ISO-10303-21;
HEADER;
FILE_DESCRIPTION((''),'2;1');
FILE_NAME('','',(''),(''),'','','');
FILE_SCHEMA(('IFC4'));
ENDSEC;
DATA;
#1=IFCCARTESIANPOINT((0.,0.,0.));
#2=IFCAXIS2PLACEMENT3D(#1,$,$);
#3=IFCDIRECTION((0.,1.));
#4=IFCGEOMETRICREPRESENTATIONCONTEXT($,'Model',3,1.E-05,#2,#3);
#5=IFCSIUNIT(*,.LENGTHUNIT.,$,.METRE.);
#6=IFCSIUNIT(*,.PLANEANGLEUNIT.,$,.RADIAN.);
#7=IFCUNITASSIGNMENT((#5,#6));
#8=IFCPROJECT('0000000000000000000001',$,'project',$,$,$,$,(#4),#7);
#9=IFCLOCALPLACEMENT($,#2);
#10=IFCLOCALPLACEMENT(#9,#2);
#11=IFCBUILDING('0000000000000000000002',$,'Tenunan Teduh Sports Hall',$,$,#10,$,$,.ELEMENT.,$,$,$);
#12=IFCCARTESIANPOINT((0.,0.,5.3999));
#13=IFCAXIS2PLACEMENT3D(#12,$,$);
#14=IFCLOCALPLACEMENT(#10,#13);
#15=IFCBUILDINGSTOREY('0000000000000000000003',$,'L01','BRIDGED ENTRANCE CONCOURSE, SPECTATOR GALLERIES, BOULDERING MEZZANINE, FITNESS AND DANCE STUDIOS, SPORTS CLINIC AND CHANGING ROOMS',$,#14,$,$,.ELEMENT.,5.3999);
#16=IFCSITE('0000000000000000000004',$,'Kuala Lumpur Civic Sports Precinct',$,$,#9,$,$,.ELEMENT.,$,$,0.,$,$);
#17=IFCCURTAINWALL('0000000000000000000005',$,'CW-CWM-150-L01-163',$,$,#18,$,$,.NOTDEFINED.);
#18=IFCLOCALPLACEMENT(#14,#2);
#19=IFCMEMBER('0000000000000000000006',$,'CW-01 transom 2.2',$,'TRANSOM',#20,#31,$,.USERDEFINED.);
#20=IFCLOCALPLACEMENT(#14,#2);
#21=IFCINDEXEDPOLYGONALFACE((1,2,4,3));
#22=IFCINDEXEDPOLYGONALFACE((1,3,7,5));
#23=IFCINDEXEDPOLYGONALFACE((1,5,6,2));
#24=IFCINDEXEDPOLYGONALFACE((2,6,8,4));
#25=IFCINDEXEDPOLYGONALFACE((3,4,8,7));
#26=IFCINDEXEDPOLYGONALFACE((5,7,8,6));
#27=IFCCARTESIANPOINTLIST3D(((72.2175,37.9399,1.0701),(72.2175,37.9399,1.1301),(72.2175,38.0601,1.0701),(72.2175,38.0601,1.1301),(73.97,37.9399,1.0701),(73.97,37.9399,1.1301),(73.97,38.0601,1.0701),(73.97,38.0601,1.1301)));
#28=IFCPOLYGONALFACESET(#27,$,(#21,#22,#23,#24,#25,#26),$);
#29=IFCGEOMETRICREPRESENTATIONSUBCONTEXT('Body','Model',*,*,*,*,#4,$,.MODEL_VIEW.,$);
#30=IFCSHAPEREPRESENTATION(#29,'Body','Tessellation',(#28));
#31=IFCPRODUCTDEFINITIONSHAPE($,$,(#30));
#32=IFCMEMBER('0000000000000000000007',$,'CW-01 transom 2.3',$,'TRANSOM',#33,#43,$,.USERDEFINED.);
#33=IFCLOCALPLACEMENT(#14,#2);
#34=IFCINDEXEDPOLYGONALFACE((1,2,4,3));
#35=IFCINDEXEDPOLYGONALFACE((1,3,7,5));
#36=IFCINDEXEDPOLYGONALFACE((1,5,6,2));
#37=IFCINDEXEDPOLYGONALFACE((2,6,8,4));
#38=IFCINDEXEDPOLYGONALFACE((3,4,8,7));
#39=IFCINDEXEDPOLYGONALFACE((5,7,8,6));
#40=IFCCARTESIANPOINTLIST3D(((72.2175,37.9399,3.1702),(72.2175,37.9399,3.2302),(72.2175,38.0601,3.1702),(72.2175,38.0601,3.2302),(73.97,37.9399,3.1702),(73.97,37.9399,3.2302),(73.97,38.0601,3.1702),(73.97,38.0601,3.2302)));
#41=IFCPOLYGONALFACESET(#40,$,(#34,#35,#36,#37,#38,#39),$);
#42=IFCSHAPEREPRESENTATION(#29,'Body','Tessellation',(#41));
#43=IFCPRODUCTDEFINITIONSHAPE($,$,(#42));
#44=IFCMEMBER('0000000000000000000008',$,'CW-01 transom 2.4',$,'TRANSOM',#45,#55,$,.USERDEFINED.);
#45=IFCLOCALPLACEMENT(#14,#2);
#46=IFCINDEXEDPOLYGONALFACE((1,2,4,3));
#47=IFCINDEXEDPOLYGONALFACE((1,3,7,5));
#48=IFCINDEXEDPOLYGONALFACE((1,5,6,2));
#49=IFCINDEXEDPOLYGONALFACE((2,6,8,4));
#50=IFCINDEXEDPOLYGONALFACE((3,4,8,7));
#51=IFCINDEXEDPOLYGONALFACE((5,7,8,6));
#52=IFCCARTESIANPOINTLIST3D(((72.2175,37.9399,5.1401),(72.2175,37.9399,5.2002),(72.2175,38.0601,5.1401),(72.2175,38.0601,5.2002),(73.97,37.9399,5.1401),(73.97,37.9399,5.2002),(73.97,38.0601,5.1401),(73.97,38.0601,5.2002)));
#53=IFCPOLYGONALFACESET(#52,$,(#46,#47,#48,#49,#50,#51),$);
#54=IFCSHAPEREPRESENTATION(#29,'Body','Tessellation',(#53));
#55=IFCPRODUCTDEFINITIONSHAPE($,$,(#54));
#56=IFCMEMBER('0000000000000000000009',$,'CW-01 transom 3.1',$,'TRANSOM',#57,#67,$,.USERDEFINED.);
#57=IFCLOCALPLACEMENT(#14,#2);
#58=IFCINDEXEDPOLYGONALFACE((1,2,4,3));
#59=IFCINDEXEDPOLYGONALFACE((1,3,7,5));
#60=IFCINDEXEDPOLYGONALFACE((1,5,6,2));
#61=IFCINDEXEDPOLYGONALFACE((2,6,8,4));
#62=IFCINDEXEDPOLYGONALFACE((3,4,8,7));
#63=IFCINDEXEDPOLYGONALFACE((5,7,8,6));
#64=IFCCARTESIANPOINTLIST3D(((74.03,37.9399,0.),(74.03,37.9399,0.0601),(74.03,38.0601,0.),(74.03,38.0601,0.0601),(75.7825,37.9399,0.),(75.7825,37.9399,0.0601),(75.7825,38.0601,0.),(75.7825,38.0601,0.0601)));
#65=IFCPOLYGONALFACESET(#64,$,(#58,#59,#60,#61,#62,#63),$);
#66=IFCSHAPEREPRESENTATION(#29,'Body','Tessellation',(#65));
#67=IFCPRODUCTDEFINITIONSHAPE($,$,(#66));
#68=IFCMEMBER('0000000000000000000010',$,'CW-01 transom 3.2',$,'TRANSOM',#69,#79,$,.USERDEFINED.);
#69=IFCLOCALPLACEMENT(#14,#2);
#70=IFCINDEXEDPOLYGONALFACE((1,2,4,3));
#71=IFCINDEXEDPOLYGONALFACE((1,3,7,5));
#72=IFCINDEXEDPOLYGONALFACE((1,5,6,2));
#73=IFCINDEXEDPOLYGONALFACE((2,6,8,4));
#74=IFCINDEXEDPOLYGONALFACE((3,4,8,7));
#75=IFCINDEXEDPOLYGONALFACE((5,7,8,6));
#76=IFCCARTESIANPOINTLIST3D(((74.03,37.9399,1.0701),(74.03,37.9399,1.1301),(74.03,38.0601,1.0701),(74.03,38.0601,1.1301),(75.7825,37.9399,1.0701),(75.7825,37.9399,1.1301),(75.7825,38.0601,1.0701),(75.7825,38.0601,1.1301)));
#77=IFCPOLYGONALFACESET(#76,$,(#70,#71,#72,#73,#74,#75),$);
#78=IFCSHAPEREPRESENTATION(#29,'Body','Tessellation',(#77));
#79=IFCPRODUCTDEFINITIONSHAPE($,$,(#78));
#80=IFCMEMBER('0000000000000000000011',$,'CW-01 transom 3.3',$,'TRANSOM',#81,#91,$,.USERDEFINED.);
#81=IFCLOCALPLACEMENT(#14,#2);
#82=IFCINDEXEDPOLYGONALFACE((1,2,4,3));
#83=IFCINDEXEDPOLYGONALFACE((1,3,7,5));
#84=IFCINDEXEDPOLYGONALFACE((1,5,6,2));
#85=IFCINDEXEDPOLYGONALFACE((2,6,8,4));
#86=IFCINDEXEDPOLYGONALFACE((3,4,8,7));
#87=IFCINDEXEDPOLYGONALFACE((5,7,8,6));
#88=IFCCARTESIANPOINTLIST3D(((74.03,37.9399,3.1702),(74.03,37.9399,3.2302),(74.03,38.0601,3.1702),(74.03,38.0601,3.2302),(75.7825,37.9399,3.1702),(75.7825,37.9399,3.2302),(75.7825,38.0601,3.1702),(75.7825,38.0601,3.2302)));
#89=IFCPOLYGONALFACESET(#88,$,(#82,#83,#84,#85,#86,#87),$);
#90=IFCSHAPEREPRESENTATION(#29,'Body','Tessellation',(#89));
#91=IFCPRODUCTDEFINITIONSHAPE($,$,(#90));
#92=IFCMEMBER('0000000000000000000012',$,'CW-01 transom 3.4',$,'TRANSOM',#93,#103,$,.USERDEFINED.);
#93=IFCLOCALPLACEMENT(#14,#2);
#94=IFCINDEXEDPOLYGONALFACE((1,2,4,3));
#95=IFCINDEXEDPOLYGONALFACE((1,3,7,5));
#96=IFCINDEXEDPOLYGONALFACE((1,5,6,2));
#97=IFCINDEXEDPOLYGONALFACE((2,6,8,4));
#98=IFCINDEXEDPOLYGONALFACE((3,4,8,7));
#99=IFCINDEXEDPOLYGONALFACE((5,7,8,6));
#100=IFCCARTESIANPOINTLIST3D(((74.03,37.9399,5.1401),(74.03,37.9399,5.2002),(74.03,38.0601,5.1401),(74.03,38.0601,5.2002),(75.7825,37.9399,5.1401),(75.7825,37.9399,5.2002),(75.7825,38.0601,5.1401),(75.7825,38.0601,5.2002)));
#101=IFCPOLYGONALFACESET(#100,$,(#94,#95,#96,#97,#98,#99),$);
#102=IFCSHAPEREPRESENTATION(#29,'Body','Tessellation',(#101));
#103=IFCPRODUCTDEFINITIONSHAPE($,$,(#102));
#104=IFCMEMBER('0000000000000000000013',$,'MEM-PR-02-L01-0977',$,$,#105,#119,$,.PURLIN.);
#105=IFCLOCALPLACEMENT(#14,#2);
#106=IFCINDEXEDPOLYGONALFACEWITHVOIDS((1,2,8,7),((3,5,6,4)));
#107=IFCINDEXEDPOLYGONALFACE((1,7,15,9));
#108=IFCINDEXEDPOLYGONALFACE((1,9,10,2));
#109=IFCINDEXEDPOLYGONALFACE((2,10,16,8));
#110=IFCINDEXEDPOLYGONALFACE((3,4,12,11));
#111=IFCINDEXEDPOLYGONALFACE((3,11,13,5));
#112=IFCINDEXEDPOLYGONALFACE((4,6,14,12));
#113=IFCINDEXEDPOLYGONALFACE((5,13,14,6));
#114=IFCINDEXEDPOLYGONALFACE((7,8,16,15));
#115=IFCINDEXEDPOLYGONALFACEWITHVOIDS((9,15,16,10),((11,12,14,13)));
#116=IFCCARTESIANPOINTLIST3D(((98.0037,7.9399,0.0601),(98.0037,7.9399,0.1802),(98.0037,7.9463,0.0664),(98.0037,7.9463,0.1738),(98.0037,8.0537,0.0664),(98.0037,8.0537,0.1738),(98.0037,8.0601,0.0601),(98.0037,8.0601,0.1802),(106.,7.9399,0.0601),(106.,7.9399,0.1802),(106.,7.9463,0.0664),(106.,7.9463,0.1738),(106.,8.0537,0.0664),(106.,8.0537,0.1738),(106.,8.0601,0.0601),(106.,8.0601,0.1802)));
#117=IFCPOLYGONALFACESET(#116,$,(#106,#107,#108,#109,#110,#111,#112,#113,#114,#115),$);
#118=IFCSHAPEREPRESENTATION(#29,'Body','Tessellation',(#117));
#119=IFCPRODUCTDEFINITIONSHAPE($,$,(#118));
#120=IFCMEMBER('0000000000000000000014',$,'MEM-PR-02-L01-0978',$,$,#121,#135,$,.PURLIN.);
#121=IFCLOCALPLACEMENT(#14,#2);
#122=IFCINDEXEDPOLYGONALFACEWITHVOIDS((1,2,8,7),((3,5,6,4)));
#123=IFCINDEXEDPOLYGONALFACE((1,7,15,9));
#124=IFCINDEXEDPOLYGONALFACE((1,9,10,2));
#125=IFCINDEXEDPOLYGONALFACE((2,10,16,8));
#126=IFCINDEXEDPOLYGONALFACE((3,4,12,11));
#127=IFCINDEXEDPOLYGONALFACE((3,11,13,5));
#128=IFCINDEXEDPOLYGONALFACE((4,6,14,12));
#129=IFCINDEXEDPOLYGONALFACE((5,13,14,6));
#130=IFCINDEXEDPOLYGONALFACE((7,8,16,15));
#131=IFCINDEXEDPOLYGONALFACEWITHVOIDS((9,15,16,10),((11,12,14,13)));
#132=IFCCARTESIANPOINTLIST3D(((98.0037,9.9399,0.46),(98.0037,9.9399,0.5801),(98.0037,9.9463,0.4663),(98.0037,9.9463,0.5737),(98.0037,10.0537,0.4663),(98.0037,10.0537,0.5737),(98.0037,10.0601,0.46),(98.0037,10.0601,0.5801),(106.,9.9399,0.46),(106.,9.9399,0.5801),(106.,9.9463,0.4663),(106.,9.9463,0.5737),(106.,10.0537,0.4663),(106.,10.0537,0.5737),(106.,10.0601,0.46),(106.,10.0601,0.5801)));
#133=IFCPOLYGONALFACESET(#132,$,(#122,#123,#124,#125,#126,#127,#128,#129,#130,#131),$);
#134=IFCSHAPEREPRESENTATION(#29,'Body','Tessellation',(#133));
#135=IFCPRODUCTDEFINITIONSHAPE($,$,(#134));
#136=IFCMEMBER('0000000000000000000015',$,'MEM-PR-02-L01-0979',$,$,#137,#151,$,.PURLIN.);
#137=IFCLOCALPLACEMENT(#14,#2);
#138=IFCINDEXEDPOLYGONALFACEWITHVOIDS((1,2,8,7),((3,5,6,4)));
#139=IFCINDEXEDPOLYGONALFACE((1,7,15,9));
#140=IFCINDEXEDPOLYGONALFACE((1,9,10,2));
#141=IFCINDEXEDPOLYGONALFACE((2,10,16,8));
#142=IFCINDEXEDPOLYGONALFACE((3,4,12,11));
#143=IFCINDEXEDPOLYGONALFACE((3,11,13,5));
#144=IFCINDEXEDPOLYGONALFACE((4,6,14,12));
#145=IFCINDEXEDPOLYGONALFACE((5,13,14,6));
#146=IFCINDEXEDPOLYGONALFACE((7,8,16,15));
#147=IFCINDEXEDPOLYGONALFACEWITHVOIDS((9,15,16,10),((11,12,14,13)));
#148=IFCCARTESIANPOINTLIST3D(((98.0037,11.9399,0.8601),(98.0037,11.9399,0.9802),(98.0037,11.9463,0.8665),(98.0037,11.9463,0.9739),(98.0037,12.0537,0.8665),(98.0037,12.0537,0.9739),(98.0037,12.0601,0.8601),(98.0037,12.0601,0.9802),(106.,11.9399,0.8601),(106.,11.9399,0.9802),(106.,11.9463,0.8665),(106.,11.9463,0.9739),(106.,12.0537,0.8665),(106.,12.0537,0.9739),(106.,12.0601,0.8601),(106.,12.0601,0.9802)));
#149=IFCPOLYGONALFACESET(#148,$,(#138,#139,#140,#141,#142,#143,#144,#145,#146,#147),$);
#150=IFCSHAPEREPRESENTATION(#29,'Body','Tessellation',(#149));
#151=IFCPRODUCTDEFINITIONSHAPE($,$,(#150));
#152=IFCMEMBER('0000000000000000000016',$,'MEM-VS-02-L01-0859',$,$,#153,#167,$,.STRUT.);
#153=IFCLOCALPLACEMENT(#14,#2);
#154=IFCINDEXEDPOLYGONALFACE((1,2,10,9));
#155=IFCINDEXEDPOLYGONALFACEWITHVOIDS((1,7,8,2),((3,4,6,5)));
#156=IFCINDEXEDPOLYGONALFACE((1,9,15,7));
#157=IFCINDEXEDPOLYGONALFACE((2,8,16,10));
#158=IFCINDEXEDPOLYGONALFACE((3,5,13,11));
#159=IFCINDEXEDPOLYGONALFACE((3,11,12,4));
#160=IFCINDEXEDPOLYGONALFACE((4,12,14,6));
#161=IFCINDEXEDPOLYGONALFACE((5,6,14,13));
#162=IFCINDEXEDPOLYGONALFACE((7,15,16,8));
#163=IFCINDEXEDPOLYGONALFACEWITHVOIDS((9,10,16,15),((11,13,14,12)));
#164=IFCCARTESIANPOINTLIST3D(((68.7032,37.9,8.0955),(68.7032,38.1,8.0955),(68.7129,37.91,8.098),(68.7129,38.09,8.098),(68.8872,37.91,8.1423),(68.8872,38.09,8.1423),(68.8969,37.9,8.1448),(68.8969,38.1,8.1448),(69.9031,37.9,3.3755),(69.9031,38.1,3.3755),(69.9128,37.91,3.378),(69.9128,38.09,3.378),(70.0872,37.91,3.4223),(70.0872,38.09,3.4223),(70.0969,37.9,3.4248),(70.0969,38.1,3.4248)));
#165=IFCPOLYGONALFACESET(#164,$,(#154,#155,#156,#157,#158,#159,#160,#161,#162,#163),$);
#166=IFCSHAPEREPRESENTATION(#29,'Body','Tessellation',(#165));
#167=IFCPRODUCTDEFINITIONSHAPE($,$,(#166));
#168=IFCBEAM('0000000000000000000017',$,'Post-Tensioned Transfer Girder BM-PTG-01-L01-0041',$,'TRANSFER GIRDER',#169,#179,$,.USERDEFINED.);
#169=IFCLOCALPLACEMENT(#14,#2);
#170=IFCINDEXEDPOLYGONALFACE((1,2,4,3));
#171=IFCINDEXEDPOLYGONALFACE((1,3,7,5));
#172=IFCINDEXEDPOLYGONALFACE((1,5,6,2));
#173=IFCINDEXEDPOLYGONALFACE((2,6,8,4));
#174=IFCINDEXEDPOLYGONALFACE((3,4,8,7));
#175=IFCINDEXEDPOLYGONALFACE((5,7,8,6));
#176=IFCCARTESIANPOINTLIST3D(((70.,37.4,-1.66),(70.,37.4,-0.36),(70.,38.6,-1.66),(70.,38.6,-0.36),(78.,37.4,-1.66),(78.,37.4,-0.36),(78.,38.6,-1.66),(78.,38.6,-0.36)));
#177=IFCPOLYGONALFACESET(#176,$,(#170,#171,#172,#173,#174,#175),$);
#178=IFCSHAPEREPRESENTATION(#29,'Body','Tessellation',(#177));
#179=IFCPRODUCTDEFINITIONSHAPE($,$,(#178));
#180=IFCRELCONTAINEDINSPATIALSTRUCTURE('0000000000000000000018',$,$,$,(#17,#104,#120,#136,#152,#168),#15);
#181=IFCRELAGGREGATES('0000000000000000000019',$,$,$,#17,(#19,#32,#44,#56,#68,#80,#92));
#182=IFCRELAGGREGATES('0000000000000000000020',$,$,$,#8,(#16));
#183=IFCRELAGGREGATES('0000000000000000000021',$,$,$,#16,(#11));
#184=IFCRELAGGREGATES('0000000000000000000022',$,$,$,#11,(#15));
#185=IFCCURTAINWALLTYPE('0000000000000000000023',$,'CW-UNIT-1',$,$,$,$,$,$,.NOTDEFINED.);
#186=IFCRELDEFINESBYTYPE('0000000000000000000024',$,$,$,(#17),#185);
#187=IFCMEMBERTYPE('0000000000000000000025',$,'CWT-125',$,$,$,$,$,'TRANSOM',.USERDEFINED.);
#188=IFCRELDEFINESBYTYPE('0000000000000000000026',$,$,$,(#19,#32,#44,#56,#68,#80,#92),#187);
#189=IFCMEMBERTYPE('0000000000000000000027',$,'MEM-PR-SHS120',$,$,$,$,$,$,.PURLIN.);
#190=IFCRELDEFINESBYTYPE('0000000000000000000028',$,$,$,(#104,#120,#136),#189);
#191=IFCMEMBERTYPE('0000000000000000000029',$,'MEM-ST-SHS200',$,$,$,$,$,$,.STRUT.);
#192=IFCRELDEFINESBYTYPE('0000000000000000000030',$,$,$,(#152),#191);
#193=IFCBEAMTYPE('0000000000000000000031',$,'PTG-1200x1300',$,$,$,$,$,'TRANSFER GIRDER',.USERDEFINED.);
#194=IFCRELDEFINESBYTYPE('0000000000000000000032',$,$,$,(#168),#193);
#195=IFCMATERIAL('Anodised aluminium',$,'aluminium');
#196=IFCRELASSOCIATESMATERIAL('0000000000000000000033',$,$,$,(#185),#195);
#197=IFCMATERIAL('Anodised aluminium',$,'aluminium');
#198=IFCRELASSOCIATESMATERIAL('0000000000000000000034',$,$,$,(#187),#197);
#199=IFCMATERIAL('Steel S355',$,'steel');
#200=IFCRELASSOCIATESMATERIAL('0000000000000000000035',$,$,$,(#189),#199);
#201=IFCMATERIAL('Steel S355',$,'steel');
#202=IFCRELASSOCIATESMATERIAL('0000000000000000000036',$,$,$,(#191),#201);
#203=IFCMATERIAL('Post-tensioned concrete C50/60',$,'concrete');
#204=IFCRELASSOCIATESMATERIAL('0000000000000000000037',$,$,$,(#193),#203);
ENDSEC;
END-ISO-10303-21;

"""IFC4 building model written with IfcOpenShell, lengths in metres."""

from ifc_helpers import new_model, si_unit, direction, frame, origin, origin_2d, place, context, subcontext, project, spatial, rectangle, hollow_rectangle, extrude, material, material_profile, profile_set, type_object, element, aggregate, save


model = new_model("IFC4")

# Units and contexts
model_context = context("Model", 3, precision=1e-05, world=origin(), true_north=direction((0.0, 1.0)))
body_context = subcontext(model_context, "Body", "Model", "MODEL_VIEW")
ifc_project = project(units=[si_unit("LENGTHUNIT", "METRE"), si_unit("PLANEANGLEUNIT", "RADIAN")], contexts=[model_context])

# Site, building, storey
site_placement = place(None, origin())
site = spatial("IfcSite", under=ifc_project, at=site_placement, Name="Kuala Lumpur Civic Sports Precinct", CompositionType="ELEMENT", RefElevation=0.0)
building_placement = place(site_placement, origin())
building = spatial("IfcBuilding", under=site, at=building_placement, Name="Tenunan Teduh Sports Hall", CompositionType="ELEMENT")
storey_placement = place(building_placement, frame((0.0, 0.0, 5.3999)))
storey = spatial("IfcBuildingStorey", under=building, at=storey_placement, Name="L01", Description="BRIDGED ENTRANCE CONCOURSE, SPECTATOR GALLERIES, BOULDERING MEZZANINE, FITNESS AND DANCE STUDIOS, SPORTS CLINIC AND CHANGING ROOMS", CompositionType="ELEMENT", Elevation=5.3999)

# Curtain wall, members
ifc_material_1 = material(Name="Anodised aluminium", Category="aluminium")
curtain_wall_type = type_object("IfcCurtainWallType", Name="CW-UNIT-1", PredefinedType="NOTDEFINED", material=ifc_material_1)
curtain_wall_placement = place(storey_placement, origin())
curtain_wall = element("IfcCurtainWall", 1, at=curtain_wall_placement, inside=storey, type_object=curtain_wall_type, Name="CW-CWM-150-L01-163", PredefinedType="NOTDEFINED")
ifc_material_2 = material(Name="Anodised aluminium", Category="aluminium")
ifc_material_profile_1 = material_profile(ifc_material_2, rectangle(XDim=0.0601, YDim=0.1201, at=origin_2d()), Name="CWT 60x120")
ifc_profile_set_1 = profile_set([ifc_material_profile_1], Name="Anodised aluminium")
member_type_1 = type_object("IfcMemberType", Name="CWT-125", ElementType="TRANSOM", PredefinedType="USERDEFINED", material=ifc_profile_set_1)
member_1_placement = place(storey_placement, frame((72.2175, 38.0, 1.1001), z_axis=(1.0, 0.0, 0.0), x_axis=(0.0, 0.0, 1.0)))
member_1 = element("IfcMember", 2, at=member_1_placement, type_object=member_type_1, Name="CW-01 transom 2.2", ObjectType="TRANSOM", PredefinedType="USERDEFINED", context=body_context, shape_type="SweptSolid", body=[
    extrude(rectangle(XDim=0.0601, YDim=0.1201, at=origin_2d()), origin(), (0.0, 0.0, 1.0), 1.7524),
])
member_2_placement = place(storey_placement, frame((72.2175, 38.0, 3.2002), z_axis=(1.0, 0.0, 0.0), x_axis=(0.0, 0.0, 1.0)))
member_2 = element("IfcMember", 3, at=member_2_placement, type_object=member_type_1, Name="CW-01 transom 2.3", ObjectType="TRANSOM", PredefinedType="USERDEFINED", context=body_context, shape_type="SweptSolid", body=[
    extrude(rectangle(XDim=0.0601, YDim=0.1201, at=origin_2d()), origin(), (0.0, 0.0, 1.0), 1.7524),
])
member_3_placement = place(storey_placement, frame((72.2175, 38.0, 5.1702), z_axis=(1.0, 0.0, 0.0), x_axis=(0.0, 0.0, 1.0)))
member_3 = element("IfcMember", 4, at=member_3_placement, type_object=member_type_1, Name="CW-01 transom 2.4", ObjectType="TRANSOM", PredefinedType="USERDEFINED", context=body_context, shape_type="SweptSolid", body=[
    extrude(rectangle(XDim=0.0601, YDim=0.1201, at=origin_2d()), origin(), (0.0, 0.0, 1.0), 1.7524),
])
member_4_placement = place(storey_placement, frame((74.03, 38.0, 0.03), z_axis=(1.0, 0.0, 0.0), x_axis=(0.0, 0.0, 1.0)))
member_4 = element("IfcMember", 5, at=member_4_placement, type_object=member_type_1, Name="CW-01 transom 3.1", ObjectType="TRANSOM", PredefinedType="USERDEFINED", context=body_context, shape_type="SweptSolid", body=[
    extrude(rectangle(XDim=0.0601, YDim=0.1201, at=origin_2d()), origin(), (0.0, 0.0, 1.0), 1.7524),
])
member_5_placement = place(storey_placement, frame((74.03, 38.0, 1.1001), z_axis=(1.0, 0.0, 0.0), x_axis=(0.0, 0.0, 1.0)))
member_5 = element("IfcMember", 6, at=member_5_placement, type_object=member_type_1, Name="CW-01 transom 3.2", ObjectType="TRANSOM", PredefinedType="USERDEFINED", context=body_context, shape_type="SweptSolid", body=[
    extrude(rectangle(XDim=0.0601, YDim=0.1201, at=origin_2d()), origin(), (0.0, 0.0, 1.0), 1.7524),
])
member_6_placement = place(storey_placement, frame((74.03, 38.0, 3.2002), z_axis=(1.0, 0.0, 0.0), x_axis=(0.0, 0.0, 1.0)))
member_6 = element("IfcMember", 7, at=member_6_placement, type_object=member_type_1, Name="CW-01 transom 3.3", ObjectType="TRANSOM", PredefinedType="USERDEFINED", context=body_context, shape_type="SweptSolid", body=[
    extrude(rectangle(XDim=0.0601, YDim=0.1201, at=origin_2d()), origin(), (0.0, 0.0, 1.0), 1.7524),
])
member_7_placement = place(storey_placement, frame((74.03, 38.0, 5.1702), z_axis=(1.0, 0.0, 0.0), x_axis=(0.0, 0.0, 1.0)))
member_7 = element("IfcMember", 8, at=member_7_placement, type_object=member_type_1, Name="CW-01 transom 3.4", ObjectType="TRANSOM", PredefinedType="USERDEFINED", context=body_context, shape_type="SweptSolid", body=[
    extrude(rectangle(XDim=0.0601, YDim=0.1201, at=origin_2d()), origin(), (0.0, 0.0, 1.0), 1.7524),
])

# Members
ifc_material_3 = material(Name="Steel S355", Category="steel")
ifc_material_profile_2 = material_profile(ifc_material_3, hollow_rectangle(XDim=0.1201, YDim=0.1201, WallThickness=0.0063, at=origin_2d()), Name="SHS 120x120x6.3")
ifc_profile_set_2 = profile_set([ifc_material_profile_2], Name="Steel S355")
member_type_2 = type_object("IfcMemberType", Name="MEM-PR-SHS120", PredefinedType="PURLIN", material=ifc_profile_set_2)
for number, where, z_axis, x_axis, name in (
    (9, (98.0037, 8.0, 0.1201), (1.0, 0.0, 0.0), (0.0, 1.0, 0.0), "MEM-PR-02-L01-0977"),
    (10, (98.0037, 10.0, 0.52), (1.0, 0.0, 0.0), (0.0, 1.0, 0.0), "MEM-PR-02-L01-0978"),
    (11, (98.0037, 12.0, 0.9202), (1.0, 0.0, 0.0), (0.0, 1.0, 0.0), "MEM-PR-02-L01-0979"),
):
    element("IfcMember", number, at=place(storey_placement, frame(where, z_axis=z_axis, x_axis=x_axis)), inside=storey, type_object=member_type_2, Name=name, PredefinedType="PURLIN", context=body_context, shape_type="SweptSolid", body=[
        extrude(hollow_rectangle(XDim=0.1201, YDim=0.1201, WallThickness=0.0063, at=origin_2d()), origin(), (0.0, 0.0, 1.0), 7.9963),
    ])
ifc_material_4 = material(Name="Steel S355", Category="steel")
ifc_material_profile_3 = material_profile(ifc_material_4, hollow_rectangle(XDim=0.2, YDim=0.2, WallThickness=0.01, at=origin_2d()), Name="SHS 200x200x10.0")
ifc_profile_set_3 = profile_set([ifc_material_profile_3], Name="Steel S355")
member_type_3 = type_object("IfcMemberType", Name="MEM-ST-SHS200", PredefinedType="STRUT", material=ifc_profile_set_3)
member_8_placement = place(storey_placement, frame((70.0, 38.0, 3.4001), z_axis=(-0.246391, 0.0, 0.969171), x_axis=(0.0, -1.0, 0.0)))
element("IfcMember", 12, at=member_8_placement, inside=storey, type_object=member_type_3, Name="MEM-VS-02-L01-0859", PredefinedType="STRUT", context=body_context, shape_type="SweptSolid", body=[
    extrude(hollow_rectangle(XDim=0.2, YDim=0.2, WallThickness=0.01, at=origin_2d()), origin(), (0.0, 0.0, 1.0), 4.8701),
])

# Beam
ifc_material_5 = material(Name="Post-tensioned concrete C50/60", Category="concrete")
ifc_material_profile_4 = material_profile(ifc_material_5, rectangle(XDim=1.2, YDim=1.3, at=origin_2d()), Name="PTG 1200x1300")
ifc_profile_set_4 = profile_set([ifc_material_profile_4], Name="Post-tensioned concrete C50/60")
beam_type_1 = type_object("IfcBeamType", Name="PTG-1200x1300", ElementType="TRANSFER GIRDER", PredefinedType="USERDEFINED", material=ifc_profile_set_4)
beam_1_placement = place(storey_placement, frame((70.0, 38.0, -1.01), z_axis=(1.0, 0.0, 0.0), x_axis=(0.0, 1.0, 0.0)))
element("IfcBeam", 13, at=beam_1_placement, inside=storey, type_object=beam_type_1, Name="Post-Tensioned Transfer Girder BM-PTG-01-L01-0041", ObjectType="TRANSFER GIRDER", PredefinedType="USERDEFINED", context=body_context, shape_type="SweptSolid", body=[
    extrude(rectangle(XDim=1.2, YDim=1.3, at=origin_2d()), origin(), (0.0, 0.0, 1.0), 8.0),
])

aggregate(curtain_wall, [member_1, member_2, member_3, member_4, member_5, member_6, member_7])

save(model, "model.ifc")
